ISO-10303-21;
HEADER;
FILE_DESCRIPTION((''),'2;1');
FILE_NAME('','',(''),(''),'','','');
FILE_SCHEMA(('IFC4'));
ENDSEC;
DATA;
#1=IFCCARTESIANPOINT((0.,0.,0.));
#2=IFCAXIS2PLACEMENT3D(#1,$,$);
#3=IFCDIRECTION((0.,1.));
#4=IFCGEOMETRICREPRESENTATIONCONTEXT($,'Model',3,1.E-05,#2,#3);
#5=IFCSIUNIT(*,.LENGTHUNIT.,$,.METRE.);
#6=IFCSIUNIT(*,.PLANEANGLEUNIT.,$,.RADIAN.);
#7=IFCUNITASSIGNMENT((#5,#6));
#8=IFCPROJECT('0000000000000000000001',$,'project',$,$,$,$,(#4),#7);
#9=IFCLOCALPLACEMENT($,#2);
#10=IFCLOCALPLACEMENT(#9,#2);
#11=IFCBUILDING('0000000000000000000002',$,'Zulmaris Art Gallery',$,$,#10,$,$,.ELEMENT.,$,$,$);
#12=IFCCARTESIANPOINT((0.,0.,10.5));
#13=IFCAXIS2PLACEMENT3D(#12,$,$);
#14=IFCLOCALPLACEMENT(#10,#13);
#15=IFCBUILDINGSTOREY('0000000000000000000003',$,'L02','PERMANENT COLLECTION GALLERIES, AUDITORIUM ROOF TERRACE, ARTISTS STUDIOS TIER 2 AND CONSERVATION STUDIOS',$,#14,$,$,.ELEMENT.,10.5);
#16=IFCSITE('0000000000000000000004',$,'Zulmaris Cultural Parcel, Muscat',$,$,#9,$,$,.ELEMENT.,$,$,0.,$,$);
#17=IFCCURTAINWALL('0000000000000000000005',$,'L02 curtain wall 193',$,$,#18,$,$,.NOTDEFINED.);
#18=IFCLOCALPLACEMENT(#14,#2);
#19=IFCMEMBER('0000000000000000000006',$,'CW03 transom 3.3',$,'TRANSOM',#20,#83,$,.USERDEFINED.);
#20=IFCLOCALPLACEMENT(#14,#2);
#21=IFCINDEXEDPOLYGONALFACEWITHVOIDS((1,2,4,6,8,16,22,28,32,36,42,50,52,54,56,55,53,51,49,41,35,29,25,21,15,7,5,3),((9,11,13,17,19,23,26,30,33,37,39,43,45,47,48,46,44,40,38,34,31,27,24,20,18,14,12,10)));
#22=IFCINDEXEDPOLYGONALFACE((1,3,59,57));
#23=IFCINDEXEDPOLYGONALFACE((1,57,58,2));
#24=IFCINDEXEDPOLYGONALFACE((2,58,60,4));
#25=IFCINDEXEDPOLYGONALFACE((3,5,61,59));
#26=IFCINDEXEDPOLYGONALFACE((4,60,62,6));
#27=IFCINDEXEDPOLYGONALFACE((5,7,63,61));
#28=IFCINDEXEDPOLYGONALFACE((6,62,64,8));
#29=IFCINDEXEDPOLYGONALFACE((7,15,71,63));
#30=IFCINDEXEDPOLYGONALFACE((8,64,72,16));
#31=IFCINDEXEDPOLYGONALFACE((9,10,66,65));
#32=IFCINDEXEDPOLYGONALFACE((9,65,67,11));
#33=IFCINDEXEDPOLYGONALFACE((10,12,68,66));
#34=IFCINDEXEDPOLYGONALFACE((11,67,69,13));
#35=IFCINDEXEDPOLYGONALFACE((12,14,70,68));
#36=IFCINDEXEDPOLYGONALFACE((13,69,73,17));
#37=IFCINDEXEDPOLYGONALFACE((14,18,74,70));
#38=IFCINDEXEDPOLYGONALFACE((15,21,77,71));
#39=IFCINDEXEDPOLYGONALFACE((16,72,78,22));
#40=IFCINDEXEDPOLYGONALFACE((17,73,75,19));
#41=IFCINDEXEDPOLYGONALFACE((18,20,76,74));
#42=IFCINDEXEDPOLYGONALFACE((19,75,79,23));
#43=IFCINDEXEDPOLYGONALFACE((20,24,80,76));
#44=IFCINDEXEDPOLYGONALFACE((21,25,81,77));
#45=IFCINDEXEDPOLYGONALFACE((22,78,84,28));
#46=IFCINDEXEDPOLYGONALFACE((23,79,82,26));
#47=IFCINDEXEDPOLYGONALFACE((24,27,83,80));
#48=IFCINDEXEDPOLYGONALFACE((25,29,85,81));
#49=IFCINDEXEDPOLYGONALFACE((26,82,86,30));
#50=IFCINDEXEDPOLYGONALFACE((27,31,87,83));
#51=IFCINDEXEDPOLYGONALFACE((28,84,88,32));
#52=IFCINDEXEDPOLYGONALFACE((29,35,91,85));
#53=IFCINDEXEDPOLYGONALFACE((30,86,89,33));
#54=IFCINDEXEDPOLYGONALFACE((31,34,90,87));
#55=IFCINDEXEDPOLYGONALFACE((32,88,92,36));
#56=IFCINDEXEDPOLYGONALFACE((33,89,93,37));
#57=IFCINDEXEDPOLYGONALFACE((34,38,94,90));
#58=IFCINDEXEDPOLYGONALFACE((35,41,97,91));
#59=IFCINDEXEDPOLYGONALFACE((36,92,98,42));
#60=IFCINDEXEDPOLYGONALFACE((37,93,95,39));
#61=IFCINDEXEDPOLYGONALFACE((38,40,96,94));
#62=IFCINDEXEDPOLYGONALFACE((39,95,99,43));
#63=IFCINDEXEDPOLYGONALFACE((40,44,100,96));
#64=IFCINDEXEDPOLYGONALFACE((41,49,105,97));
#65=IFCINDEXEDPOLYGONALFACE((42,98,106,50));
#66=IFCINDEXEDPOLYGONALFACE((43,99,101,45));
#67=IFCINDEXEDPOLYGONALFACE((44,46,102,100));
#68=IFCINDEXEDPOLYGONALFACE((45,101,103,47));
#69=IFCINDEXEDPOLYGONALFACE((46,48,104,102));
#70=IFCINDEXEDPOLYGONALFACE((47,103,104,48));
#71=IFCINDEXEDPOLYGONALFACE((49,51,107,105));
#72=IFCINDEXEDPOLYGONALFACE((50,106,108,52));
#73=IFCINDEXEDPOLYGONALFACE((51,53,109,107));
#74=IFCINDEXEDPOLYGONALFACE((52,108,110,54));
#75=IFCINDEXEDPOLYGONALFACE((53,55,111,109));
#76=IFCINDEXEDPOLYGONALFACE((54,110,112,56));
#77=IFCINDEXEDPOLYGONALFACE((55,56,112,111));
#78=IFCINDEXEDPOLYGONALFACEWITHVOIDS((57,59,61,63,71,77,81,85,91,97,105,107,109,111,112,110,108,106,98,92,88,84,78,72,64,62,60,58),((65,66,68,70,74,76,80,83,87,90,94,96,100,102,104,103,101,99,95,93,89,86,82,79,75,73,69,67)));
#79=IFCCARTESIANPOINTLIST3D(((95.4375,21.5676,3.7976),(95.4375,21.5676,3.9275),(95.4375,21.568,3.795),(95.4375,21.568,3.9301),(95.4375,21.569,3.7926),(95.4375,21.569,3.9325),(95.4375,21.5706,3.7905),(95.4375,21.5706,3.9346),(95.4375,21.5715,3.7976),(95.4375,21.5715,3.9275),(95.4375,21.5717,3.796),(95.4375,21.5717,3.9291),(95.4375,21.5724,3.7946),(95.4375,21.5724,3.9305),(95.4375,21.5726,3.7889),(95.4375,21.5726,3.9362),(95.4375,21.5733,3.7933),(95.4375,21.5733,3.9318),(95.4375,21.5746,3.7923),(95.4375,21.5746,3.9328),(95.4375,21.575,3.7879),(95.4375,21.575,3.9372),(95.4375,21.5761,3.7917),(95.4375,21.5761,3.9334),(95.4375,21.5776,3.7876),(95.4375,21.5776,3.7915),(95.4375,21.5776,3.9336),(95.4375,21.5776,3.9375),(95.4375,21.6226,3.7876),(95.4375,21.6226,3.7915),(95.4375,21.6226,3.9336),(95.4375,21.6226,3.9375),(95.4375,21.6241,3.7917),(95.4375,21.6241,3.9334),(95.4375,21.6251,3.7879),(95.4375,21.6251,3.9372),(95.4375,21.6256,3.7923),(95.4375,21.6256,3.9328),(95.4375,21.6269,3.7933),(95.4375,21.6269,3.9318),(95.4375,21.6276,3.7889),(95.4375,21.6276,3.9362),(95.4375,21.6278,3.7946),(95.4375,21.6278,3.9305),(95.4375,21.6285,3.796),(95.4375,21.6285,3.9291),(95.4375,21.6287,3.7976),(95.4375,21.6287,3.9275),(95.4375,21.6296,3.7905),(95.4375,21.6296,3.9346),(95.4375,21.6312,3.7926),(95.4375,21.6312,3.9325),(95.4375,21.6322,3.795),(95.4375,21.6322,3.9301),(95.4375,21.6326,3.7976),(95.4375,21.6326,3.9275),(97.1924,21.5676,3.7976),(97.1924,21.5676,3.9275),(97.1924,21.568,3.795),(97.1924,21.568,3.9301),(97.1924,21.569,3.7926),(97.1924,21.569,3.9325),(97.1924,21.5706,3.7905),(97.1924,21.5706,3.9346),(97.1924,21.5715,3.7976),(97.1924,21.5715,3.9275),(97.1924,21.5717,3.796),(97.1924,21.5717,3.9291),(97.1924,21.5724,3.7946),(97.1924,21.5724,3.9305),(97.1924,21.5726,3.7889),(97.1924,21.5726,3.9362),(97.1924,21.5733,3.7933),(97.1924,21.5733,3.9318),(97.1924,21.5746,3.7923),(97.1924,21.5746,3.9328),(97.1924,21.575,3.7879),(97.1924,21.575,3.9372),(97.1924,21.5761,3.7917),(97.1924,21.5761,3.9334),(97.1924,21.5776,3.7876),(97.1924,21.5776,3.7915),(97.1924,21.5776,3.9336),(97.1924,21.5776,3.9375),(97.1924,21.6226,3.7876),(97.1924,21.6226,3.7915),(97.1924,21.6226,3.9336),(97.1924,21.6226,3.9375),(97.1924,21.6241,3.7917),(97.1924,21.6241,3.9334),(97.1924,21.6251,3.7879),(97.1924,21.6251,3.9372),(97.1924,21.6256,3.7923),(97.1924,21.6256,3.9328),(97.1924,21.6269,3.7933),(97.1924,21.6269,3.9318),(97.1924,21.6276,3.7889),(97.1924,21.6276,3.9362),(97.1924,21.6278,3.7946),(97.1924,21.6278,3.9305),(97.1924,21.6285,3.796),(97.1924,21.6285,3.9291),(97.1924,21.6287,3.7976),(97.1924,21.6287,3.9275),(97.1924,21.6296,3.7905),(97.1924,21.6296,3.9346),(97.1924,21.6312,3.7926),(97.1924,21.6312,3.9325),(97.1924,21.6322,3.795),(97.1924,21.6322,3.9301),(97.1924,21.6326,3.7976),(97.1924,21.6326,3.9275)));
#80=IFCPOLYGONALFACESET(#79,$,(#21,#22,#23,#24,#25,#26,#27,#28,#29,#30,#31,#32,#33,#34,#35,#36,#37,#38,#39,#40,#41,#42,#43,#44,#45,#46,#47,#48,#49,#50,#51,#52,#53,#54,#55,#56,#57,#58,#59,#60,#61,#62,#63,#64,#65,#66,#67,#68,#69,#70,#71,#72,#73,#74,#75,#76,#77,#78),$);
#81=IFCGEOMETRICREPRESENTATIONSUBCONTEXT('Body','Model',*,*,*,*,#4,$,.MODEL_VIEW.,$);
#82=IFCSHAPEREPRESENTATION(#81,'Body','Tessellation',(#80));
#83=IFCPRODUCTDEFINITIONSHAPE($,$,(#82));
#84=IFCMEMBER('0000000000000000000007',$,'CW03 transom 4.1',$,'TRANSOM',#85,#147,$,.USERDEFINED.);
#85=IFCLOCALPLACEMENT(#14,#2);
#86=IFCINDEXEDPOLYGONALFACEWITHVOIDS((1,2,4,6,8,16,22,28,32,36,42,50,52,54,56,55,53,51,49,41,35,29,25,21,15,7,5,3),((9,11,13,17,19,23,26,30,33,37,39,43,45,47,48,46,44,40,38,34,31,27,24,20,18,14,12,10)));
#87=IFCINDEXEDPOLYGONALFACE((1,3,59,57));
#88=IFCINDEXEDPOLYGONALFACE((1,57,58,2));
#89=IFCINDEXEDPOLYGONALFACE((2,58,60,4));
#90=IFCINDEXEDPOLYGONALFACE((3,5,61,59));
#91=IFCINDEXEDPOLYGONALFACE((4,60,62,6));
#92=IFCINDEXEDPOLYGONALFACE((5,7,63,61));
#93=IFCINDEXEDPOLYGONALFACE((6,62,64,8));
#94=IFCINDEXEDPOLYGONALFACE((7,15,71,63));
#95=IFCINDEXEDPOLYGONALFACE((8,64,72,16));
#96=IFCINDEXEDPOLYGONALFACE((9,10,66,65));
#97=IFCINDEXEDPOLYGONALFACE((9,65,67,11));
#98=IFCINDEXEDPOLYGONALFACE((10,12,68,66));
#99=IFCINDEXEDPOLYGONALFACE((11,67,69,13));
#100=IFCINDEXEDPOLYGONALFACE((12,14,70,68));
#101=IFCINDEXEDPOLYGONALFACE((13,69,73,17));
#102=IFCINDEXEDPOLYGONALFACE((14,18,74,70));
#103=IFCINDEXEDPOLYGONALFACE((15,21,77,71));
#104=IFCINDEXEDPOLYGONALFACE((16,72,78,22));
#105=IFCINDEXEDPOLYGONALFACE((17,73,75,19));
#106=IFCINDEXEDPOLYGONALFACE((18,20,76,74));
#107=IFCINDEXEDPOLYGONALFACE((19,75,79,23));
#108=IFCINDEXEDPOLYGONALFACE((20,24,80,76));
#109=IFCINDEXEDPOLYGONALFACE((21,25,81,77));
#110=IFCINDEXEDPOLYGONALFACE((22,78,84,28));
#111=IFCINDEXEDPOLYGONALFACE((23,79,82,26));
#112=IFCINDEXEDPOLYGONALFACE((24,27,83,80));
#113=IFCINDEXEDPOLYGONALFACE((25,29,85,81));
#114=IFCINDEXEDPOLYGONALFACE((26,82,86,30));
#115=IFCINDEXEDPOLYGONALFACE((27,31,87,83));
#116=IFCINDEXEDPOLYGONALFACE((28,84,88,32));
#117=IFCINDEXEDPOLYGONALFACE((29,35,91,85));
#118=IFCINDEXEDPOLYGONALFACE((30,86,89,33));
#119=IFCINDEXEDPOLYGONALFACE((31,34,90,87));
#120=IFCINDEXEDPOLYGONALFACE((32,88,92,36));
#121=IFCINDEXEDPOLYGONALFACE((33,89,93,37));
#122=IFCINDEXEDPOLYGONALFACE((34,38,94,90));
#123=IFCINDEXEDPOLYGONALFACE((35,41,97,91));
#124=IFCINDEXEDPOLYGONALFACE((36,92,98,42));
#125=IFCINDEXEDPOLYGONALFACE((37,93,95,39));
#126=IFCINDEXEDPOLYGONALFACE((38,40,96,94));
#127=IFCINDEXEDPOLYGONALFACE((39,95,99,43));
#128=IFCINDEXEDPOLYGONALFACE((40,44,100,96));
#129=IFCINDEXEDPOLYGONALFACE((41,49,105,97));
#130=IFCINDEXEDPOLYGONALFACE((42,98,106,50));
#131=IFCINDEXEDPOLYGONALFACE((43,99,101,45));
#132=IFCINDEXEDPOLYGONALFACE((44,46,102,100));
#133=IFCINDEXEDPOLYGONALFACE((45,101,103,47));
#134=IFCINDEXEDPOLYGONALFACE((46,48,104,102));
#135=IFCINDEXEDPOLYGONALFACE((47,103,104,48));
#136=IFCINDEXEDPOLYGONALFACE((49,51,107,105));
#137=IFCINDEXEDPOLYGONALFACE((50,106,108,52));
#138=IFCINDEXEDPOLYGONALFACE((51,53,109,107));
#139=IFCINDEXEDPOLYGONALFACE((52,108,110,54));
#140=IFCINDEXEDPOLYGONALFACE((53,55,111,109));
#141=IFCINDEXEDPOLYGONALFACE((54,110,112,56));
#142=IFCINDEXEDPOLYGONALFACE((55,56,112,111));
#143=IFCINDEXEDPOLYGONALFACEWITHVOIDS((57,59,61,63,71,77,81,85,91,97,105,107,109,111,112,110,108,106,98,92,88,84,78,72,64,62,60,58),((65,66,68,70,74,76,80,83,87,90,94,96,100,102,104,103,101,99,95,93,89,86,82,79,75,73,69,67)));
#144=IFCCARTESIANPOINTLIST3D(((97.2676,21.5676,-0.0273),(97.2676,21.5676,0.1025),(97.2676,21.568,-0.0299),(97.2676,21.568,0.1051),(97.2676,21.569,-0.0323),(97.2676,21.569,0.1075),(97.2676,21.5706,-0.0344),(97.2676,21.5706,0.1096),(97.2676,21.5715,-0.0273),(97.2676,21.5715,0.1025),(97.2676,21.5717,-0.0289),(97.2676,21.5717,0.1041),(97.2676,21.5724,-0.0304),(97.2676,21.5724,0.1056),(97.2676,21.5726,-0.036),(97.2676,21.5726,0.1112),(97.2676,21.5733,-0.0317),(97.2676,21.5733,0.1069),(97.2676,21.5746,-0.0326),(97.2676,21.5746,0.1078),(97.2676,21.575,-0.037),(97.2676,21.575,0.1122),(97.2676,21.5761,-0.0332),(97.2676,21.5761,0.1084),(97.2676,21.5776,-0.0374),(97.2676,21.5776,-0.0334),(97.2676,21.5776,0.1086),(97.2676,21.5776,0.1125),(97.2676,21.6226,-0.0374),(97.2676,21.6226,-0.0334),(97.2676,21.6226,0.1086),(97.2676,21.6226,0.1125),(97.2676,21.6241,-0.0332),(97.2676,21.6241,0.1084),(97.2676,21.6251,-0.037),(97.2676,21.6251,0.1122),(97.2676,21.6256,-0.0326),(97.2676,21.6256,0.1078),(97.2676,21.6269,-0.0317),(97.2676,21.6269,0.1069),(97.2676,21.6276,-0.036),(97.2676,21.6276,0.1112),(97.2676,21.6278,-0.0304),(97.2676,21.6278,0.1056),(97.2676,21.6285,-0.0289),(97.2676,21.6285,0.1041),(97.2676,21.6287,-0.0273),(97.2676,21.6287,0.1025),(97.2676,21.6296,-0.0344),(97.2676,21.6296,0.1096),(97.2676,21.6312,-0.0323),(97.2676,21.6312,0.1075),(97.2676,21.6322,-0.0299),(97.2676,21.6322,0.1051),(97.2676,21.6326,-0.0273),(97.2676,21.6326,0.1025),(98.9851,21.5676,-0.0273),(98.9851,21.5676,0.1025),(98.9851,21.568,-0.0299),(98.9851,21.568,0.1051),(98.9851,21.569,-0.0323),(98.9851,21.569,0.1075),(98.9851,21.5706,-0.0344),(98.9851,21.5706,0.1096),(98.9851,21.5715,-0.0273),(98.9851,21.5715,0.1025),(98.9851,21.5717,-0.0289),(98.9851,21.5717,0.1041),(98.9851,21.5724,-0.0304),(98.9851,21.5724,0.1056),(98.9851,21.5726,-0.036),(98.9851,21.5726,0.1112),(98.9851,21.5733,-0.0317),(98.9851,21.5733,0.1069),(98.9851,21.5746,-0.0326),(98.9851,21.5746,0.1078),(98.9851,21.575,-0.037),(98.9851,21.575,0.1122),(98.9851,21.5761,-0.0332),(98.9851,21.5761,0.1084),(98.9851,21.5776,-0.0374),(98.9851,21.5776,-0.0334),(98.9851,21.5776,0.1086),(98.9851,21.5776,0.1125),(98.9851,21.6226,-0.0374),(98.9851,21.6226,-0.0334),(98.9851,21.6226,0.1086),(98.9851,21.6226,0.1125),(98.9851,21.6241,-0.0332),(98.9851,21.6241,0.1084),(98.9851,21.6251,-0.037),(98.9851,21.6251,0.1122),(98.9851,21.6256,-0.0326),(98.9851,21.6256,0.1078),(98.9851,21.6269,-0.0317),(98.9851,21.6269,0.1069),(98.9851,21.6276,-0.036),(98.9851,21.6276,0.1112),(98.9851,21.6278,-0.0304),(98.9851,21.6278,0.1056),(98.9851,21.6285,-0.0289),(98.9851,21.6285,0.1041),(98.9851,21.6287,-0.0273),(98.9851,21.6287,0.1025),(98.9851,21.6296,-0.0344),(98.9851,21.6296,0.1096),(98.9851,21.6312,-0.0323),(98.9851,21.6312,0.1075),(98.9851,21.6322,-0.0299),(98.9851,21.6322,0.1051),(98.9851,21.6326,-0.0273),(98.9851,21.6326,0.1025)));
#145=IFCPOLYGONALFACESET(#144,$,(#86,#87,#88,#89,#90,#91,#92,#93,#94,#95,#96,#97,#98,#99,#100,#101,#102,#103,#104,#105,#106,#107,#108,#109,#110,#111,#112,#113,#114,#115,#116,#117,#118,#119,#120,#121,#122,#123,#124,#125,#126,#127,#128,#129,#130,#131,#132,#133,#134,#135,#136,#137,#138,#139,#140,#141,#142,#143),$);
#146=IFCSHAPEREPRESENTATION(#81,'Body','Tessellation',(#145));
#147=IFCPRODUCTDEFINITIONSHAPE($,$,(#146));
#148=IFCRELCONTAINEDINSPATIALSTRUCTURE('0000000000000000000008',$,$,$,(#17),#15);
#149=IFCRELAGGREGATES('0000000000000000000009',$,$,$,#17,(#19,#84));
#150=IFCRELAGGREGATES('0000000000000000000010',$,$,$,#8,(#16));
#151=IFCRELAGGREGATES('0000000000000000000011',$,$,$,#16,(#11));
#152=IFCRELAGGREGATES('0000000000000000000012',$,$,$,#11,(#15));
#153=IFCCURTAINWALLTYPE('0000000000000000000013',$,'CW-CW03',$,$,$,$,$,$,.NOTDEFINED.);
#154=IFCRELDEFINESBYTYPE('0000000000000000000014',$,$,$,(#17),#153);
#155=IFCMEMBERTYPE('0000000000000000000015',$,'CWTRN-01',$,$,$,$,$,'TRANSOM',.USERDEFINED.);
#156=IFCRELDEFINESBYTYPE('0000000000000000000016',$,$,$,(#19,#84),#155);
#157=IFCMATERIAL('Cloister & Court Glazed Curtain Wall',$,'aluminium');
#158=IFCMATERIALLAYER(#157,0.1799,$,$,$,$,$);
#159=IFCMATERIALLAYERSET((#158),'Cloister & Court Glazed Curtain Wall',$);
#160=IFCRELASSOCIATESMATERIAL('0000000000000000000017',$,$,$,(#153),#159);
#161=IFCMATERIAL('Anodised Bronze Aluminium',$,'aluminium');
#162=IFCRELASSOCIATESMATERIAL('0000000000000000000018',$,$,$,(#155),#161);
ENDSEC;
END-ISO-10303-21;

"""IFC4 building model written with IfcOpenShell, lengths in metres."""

from ifc_helpers import new_model, si_unit, direction, frame, origin, origin_2d, place, context, subcontext, project, spatial, hollow_rectangle, extrude, material, layer, layer_set, material_profile, profile_set, type_object, element, aggregate, save


model = new_model("IFC4")

# Units and contexts
model_context = context("Model", 3, precision=1e-05, world=origin(), true_north=direction((0.0, 1.0)))
body_context = subcontext(model_context, "Body", "Model", "MODEL_VIEW")
ifc_project = project(units=[si_unit("LENGTHUNIT", "METRE"), si_unit("PLANEANGLEUNIT", "RADIAN")], contexts=[model_context])

# Site, building, storey
site_placement = place(None, origin())
site = spatial("IfcSite", under=ifc_project, at=site_placement, Name="Zulmaris Cultural Parcel, Muscat", CompositionType="ELEMENT", RefElevation=0.0)
building_placement = place(site_placement, origin())
building = spatial("IfcBuilding", under=site, at=building_placement, Name="Zulmaris Art Gallery", CompositionType="ELEMENT")
storey_placement = place(building_placement, frame((0.0, 0.0, 10.5)))
storey = spatial("IfcBuildingStorey", under=building, at=storey_placement, Name="L02", Description="PERMANENT COLLECTION GALLERIES, AUDITORIUM ROOF TERRACE, ARTISTS STUDIOS TIER 2 AND CONSERVATION STUDIOS", CompositionType="ELEMENT", Elevation=10.5)

# Curtain wall
ifc_material_1 = material(Name="Cloister & Court Glazed Curtain Wall", Category="aluminium")
ifc_layer_1 = layer(ifc_material_1, 0.1799)
ifc_layer_set_1 = layer_set([ifc_layer_1], Name="Cloister & Court Glazed Curtain Wall")
curtain_wall_type = type_object("IfcCurtainWallType", Name="CW-CW03", PredefinedType="NOTDEFINED", material=ifc_layer_set_1)
ifc_material_2 = material(Name="Anodised Bronze Aluminium", Category="aluminium")
curtain_wall_1_placement = place(storey_placement, origin())
curtain_wall_1 = element("IfcCurtainWall", 1, at=curtain_wall_1_placement, inside=storey, type_object=curtain_wall_type, Name="L02 curtain wall 193", PredefinedType="NOTDEFINED")

# Members
ifc_material_profile_1 = material_profile(ifc_material_2, hollow_rectangle(XDim=0.0649, YDim=0.1499, WallThickness=0.0039, InnerFilletRadius=0.0061, OuterFilletRadius=0.01, at=origin_2d()), Name="ALU 65x150x4")
ifc_profile_set_1 = profile_set([ifc_material_profile_1], Name="Anodised Bronze Aluminium")
member_type_1 = type_object("IfcMemberType", Name="CWTRN-01", ElementType="TRANSOM", PredefinedType="USERDEFINED", material=ifc_profile_set_1)
member_1_placement = place(storey_placement, frame((95.4375, 21.6001, 3.8625), z_axis=(1.0, 0.0, 0.0), x_axis=(0.0, 1.0, 0.0)))
member_1 = element("IfcMember", 2, at=member_1_placement, type_object=member_type_1, Name="CW03 transom 3.3", ObjectType="TRANSOM", PredefinedType="USERDEFINED", context=body_context, shape_type="SweptSolid", body=[
    extrude(hollow_rectangle(XDim=0.0649, YDim=0.1499, WallThickness=0.0039, InnerFilletRadius=0.0061, OuterFilletRadius=0.01, at=origin_2d()), origin(), (0.0, 0.0, 1.0), 1.7549),
])
member_2_placement = place(storey_placement, frame((97.2676, 21.6001, 0.0376), z_axis=(1.0, 0.0, 0.0), x_axis=(0.0, 1.0, 0.0)))
member_2 = element("IfcMember", 3, at=member_2_placement, type_object=member_type_1, Name="CW03 transom 4.1", ObjectType="TRANSOM", PredefinedType="USERDEFINED", context=body_context, shape_type="SweptSolid", body=[
    extrude(hollow_rectangle(XDim=0.0649, YDim=0.1499, WallThickness=0.0039, InnerFilletRadius=0.0061, OuterFilletRadius=0.01, at=origin_2d()), origin(), (0.0, 0.0, 1.0), 1.7175),
])

aggregate(curtain_wall_1, [member_1, member_2])

save(model, "model.ifc")
